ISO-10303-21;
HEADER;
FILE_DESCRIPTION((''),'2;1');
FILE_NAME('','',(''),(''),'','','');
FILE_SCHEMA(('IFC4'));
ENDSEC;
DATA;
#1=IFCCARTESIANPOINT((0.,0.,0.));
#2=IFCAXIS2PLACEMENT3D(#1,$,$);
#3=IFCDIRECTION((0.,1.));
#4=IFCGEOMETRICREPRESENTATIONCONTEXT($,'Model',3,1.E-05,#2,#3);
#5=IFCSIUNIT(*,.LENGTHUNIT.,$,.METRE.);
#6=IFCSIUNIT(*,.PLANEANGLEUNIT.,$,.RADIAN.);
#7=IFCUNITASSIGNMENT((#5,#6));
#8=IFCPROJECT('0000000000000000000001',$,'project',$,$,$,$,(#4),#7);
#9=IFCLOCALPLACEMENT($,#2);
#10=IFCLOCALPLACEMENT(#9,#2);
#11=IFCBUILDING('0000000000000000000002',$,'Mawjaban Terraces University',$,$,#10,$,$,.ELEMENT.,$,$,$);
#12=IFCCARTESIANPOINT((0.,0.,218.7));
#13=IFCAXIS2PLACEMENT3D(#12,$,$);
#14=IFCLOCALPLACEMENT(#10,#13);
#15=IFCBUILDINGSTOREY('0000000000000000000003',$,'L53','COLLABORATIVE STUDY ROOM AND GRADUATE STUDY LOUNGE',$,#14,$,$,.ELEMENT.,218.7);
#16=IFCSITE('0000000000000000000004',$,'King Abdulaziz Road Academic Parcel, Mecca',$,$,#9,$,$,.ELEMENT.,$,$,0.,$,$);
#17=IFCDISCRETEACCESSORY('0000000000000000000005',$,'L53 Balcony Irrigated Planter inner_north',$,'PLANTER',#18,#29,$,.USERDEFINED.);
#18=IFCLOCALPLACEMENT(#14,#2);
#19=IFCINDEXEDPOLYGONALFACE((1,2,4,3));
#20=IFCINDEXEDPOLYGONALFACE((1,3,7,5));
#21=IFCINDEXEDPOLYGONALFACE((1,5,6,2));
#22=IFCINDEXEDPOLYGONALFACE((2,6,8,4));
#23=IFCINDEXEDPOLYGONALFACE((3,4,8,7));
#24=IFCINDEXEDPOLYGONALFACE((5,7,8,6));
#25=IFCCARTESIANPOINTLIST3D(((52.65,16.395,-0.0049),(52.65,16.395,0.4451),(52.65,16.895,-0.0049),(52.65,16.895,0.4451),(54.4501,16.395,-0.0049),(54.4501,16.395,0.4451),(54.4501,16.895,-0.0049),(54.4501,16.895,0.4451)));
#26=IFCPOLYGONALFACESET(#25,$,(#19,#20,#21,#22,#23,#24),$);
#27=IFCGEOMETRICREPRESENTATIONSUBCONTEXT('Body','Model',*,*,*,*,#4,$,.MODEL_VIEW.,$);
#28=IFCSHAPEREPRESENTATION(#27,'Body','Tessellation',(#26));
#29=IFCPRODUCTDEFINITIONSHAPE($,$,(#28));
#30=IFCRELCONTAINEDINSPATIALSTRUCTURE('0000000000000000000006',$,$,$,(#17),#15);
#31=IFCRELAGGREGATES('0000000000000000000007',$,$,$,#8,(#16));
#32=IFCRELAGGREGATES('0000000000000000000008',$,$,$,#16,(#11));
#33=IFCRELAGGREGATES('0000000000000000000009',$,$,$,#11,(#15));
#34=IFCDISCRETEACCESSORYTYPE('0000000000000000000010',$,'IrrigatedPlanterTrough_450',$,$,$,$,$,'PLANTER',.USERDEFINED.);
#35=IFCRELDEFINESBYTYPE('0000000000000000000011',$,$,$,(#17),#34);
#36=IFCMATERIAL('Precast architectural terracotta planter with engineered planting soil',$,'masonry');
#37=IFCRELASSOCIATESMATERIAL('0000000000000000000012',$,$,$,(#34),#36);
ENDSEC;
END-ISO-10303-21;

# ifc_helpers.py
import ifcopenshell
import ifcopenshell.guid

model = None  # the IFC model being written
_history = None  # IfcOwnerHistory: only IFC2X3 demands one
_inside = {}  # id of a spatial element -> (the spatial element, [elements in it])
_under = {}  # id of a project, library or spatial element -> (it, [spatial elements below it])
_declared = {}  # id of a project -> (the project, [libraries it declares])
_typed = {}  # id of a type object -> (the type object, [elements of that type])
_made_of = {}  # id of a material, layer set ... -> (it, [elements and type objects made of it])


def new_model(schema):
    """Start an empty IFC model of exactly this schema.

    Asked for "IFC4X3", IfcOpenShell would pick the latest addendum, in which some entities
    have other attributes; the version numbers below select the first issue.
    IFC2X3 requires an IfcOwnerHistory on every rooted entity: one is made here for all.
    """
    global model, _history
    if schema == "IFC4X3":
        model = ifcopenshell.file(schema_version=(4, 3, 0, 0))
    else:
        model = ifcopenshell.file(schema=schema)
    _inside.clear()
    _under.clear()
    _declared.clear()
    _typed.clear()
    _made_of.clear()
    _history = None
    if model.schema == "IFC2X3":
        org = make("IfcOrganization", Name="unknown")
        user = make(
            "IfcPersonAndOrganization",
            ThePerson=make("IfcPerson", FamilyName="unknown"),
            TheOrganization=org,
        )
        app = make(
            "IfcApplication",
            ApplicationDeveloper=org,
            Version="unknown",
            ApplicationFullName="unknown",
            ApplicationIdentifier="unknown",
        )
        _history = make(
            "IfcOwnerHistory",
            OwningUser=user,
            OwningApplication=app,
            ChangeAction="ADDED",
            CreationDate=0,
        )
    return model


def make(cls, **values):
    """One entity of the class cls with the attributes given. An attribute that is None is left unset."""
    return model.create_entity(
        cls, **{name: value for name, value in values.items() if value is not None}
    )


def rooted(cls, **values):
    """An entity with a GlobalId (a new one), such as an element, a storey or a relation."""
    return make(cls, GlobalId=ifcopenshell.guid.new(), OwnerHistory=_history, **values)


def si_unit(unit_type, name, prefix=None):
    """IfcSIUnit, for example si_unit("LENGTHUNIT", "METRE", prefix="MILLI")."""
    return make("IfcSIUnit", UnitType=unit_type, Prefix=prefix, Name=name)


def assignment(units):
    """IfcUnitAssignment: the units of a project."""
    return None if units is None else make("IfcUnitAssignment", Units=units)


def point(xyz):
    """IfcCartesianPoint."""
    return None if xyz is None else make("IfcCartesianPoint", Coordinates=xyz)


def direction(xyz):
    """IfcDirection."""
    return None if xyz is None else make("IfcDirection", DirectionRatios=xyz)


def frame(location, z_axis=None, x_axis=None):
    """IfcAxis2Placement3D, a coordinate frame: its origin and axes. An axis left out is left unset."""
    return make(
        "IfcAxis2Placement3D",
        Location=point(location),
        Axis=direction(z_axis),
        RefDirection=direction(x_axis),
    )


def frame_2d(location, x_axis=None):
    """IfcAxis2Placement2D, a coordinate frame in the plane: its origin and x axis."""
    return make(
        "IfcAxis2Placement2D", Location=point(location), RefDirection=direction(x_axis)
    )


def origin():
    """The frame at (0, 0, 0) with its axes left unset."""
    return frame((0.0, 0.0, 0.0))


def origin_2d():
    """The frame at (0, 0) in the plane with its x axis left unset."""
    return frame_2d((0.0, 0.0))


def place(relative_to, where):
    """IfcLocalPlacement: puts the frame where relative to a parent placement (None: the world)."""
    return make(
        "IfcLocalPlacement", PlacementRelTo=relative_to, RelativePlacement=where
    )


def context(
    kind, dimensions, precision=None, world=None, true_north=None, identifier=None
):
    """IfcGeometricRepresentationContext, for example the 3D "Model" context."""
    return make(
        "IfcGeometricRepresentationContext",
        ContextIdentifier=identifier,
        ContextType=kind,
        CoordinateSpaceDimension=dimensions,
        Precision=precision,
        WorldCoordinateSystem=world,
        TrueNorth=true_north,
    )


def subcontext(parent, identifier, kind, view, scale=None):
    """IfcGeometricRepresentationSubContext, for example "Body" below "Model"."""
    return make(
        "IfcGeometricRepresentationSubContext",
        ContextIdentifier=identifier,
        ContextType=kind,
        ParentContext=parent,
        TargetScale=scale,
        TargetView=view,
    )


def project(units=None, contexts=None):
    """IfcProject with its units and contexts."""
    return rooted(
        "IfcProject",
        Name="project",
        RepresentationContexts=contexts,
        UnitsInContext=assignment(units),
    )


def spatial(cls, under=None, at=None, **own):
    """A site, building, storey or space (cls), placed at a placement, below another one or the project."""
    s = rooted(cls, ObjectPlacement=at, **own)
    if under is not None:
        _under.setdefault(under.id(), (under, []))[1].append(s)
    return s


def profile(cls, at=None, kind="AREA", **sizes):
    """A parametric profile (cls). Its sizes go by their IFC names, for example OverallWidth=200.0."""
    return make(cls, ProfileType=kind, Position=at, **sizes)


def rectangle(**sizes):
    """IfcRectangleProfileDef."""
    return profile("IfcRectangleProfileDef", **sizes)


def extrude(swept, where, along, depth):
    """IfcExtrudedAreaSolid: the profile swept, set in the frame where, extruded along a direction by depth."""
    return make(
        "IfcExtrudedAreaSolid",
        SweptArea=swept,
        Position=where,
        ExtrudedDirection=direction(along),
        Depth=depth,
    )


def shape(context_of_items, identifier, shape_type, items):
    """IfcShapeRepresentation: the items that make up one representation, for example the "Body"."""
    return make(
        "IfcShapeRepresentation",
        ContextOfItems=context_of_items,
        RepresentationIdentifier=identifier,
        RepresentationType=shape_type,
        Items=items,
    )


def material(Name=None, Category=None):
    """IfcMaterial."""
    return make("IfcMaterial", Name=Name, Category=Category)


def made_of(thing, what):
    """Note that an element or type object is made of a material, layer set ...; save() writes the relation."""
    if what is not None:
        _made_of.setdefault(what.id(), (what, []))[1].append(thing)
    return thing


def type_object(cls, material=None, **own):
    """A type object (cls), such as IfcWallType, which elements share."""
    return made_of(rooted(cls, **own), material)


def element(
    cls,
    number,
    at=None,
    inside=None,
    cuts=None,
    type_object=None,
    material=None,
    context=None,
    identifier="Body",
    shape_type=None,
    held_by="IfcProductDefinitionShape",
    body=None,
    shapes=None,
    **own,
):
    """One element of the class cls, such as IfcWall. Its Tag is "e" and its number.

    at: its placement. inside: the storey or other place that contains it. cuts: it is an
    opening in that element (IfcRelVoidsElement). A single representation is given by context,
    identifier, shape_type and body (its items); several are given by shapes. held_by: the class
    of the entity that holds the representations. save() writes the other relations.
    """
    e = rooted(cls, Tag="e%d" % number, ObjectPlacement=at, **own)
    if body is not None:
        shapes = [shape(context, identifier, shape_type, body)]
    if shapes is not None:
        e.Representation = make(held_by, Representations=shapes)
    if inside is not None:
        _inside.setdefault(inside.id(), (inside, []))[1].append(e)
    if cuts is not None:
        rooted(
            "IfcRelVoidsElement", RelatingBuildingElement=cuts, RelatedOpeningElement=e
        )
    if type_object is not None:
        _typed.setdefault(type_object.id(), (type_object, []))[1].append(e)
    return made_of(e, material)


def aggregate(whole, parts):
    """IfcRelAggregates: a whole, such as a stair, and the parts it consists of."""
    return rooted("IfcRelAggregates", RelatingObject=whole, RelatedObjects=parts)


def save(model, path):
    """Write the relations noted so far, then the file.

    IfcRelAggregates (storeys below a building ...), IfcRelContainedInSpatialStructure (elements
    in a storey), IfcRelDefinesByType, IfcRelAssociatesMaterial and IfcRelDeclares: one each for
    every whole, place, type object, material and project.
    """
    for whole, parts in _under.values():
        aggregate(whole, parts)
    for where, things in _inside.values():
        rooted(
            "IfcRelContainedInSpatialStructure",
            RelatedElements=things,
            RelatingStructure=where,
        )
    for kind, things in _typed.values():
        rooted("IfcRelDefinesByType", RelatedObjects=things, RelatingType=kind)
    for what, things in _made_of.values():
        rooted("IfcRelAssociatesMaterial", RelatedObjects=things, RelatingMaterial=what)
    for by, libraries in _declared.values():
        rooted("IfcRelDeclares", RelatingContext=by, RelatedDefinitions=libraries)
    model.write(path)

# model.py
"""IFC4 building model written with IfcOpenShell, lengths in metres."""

from ifc_helpers import new_model, si_unit, direction, frame, origin, origin_2d, place, context, subcontext, project, spatial, rectangle, extrude, material, type_object, element, save


model = new_model("IFC4")

# Units and contexts
model_context = context("Model", 3, precision=1e-05, world=origin(), true_north=direction((0.0, 1.0)))
body_context = subcontext(model_context, "Body", "Model", "MODEL_VIEW")
ifc_project = project(units=[si_unit("LENGTHUNIT", "METRE"), si_unit("PLANEANGLEUNIT", "RADIAN")], contexts=[model_context])

# Site, building, storey
site_placement = place(None, origin())
site = spatial("IfcSite", under=ifc_project, at=site_placement, Name="King Abdulaziz Road Academic Parcel, Mecca", CompositionType="ELEMENT", RefElevation=0.0)
building_placement = place(site_placement, origin())
building = spatial("IfcBuilding", under=site, at=building_placement, Name="Mawjaban Terraces University", CompositionType="ELEMENT")
storey_placement = place(building_placement, frame((0.0, 0.0, 218.7)))
storey = spatial("IfcBuildingStorey", under=building, at=storey_placement, Name="L53", Description="COLLABORATIVE STUDY ROOM AND GRADUATE STUDY LOUNGE", CompositionType="ELEMENT", Elevation=218.7)

# Discrete accessory
ifc_material_1 = material(Name="Precast architectural terracotta planter with engineered planting soil", Category="masonry")
discrete_accessory_type_1 = type_object("IfcDiscreteAccessoryType", Name="IrrigatedPlanterTrough_450", ElementType="PLANTER", PredefinedType="USERDEFINED", material=ifc_material_1)
discrete_accessory_1_placement = place(storey_placement, frame((53.55, 16.645, -0.0049), z_axis=(0.0, 0.0, 1.0), x_axis=(1.0, 0.0, 0.0)))
element("IfcDiscreteAccessory", 1, at=discrete_accessory_1_placement, inside=storey, type_object=discrete_accessory_type_1, Name="L53 Balcony Irrigated Planter inner_north", ObjectType="PLANTER", PredefinedType="USERDEFINED", context=body_context, shape_type="SweptSolid", body=[
    extrude(rectangle(XDim=1.8, YDim=0.5, at=origin_2d()), origin(), (0.0, 0.0, 1.0), 0.45),
])

save(model, "model.ifc")
